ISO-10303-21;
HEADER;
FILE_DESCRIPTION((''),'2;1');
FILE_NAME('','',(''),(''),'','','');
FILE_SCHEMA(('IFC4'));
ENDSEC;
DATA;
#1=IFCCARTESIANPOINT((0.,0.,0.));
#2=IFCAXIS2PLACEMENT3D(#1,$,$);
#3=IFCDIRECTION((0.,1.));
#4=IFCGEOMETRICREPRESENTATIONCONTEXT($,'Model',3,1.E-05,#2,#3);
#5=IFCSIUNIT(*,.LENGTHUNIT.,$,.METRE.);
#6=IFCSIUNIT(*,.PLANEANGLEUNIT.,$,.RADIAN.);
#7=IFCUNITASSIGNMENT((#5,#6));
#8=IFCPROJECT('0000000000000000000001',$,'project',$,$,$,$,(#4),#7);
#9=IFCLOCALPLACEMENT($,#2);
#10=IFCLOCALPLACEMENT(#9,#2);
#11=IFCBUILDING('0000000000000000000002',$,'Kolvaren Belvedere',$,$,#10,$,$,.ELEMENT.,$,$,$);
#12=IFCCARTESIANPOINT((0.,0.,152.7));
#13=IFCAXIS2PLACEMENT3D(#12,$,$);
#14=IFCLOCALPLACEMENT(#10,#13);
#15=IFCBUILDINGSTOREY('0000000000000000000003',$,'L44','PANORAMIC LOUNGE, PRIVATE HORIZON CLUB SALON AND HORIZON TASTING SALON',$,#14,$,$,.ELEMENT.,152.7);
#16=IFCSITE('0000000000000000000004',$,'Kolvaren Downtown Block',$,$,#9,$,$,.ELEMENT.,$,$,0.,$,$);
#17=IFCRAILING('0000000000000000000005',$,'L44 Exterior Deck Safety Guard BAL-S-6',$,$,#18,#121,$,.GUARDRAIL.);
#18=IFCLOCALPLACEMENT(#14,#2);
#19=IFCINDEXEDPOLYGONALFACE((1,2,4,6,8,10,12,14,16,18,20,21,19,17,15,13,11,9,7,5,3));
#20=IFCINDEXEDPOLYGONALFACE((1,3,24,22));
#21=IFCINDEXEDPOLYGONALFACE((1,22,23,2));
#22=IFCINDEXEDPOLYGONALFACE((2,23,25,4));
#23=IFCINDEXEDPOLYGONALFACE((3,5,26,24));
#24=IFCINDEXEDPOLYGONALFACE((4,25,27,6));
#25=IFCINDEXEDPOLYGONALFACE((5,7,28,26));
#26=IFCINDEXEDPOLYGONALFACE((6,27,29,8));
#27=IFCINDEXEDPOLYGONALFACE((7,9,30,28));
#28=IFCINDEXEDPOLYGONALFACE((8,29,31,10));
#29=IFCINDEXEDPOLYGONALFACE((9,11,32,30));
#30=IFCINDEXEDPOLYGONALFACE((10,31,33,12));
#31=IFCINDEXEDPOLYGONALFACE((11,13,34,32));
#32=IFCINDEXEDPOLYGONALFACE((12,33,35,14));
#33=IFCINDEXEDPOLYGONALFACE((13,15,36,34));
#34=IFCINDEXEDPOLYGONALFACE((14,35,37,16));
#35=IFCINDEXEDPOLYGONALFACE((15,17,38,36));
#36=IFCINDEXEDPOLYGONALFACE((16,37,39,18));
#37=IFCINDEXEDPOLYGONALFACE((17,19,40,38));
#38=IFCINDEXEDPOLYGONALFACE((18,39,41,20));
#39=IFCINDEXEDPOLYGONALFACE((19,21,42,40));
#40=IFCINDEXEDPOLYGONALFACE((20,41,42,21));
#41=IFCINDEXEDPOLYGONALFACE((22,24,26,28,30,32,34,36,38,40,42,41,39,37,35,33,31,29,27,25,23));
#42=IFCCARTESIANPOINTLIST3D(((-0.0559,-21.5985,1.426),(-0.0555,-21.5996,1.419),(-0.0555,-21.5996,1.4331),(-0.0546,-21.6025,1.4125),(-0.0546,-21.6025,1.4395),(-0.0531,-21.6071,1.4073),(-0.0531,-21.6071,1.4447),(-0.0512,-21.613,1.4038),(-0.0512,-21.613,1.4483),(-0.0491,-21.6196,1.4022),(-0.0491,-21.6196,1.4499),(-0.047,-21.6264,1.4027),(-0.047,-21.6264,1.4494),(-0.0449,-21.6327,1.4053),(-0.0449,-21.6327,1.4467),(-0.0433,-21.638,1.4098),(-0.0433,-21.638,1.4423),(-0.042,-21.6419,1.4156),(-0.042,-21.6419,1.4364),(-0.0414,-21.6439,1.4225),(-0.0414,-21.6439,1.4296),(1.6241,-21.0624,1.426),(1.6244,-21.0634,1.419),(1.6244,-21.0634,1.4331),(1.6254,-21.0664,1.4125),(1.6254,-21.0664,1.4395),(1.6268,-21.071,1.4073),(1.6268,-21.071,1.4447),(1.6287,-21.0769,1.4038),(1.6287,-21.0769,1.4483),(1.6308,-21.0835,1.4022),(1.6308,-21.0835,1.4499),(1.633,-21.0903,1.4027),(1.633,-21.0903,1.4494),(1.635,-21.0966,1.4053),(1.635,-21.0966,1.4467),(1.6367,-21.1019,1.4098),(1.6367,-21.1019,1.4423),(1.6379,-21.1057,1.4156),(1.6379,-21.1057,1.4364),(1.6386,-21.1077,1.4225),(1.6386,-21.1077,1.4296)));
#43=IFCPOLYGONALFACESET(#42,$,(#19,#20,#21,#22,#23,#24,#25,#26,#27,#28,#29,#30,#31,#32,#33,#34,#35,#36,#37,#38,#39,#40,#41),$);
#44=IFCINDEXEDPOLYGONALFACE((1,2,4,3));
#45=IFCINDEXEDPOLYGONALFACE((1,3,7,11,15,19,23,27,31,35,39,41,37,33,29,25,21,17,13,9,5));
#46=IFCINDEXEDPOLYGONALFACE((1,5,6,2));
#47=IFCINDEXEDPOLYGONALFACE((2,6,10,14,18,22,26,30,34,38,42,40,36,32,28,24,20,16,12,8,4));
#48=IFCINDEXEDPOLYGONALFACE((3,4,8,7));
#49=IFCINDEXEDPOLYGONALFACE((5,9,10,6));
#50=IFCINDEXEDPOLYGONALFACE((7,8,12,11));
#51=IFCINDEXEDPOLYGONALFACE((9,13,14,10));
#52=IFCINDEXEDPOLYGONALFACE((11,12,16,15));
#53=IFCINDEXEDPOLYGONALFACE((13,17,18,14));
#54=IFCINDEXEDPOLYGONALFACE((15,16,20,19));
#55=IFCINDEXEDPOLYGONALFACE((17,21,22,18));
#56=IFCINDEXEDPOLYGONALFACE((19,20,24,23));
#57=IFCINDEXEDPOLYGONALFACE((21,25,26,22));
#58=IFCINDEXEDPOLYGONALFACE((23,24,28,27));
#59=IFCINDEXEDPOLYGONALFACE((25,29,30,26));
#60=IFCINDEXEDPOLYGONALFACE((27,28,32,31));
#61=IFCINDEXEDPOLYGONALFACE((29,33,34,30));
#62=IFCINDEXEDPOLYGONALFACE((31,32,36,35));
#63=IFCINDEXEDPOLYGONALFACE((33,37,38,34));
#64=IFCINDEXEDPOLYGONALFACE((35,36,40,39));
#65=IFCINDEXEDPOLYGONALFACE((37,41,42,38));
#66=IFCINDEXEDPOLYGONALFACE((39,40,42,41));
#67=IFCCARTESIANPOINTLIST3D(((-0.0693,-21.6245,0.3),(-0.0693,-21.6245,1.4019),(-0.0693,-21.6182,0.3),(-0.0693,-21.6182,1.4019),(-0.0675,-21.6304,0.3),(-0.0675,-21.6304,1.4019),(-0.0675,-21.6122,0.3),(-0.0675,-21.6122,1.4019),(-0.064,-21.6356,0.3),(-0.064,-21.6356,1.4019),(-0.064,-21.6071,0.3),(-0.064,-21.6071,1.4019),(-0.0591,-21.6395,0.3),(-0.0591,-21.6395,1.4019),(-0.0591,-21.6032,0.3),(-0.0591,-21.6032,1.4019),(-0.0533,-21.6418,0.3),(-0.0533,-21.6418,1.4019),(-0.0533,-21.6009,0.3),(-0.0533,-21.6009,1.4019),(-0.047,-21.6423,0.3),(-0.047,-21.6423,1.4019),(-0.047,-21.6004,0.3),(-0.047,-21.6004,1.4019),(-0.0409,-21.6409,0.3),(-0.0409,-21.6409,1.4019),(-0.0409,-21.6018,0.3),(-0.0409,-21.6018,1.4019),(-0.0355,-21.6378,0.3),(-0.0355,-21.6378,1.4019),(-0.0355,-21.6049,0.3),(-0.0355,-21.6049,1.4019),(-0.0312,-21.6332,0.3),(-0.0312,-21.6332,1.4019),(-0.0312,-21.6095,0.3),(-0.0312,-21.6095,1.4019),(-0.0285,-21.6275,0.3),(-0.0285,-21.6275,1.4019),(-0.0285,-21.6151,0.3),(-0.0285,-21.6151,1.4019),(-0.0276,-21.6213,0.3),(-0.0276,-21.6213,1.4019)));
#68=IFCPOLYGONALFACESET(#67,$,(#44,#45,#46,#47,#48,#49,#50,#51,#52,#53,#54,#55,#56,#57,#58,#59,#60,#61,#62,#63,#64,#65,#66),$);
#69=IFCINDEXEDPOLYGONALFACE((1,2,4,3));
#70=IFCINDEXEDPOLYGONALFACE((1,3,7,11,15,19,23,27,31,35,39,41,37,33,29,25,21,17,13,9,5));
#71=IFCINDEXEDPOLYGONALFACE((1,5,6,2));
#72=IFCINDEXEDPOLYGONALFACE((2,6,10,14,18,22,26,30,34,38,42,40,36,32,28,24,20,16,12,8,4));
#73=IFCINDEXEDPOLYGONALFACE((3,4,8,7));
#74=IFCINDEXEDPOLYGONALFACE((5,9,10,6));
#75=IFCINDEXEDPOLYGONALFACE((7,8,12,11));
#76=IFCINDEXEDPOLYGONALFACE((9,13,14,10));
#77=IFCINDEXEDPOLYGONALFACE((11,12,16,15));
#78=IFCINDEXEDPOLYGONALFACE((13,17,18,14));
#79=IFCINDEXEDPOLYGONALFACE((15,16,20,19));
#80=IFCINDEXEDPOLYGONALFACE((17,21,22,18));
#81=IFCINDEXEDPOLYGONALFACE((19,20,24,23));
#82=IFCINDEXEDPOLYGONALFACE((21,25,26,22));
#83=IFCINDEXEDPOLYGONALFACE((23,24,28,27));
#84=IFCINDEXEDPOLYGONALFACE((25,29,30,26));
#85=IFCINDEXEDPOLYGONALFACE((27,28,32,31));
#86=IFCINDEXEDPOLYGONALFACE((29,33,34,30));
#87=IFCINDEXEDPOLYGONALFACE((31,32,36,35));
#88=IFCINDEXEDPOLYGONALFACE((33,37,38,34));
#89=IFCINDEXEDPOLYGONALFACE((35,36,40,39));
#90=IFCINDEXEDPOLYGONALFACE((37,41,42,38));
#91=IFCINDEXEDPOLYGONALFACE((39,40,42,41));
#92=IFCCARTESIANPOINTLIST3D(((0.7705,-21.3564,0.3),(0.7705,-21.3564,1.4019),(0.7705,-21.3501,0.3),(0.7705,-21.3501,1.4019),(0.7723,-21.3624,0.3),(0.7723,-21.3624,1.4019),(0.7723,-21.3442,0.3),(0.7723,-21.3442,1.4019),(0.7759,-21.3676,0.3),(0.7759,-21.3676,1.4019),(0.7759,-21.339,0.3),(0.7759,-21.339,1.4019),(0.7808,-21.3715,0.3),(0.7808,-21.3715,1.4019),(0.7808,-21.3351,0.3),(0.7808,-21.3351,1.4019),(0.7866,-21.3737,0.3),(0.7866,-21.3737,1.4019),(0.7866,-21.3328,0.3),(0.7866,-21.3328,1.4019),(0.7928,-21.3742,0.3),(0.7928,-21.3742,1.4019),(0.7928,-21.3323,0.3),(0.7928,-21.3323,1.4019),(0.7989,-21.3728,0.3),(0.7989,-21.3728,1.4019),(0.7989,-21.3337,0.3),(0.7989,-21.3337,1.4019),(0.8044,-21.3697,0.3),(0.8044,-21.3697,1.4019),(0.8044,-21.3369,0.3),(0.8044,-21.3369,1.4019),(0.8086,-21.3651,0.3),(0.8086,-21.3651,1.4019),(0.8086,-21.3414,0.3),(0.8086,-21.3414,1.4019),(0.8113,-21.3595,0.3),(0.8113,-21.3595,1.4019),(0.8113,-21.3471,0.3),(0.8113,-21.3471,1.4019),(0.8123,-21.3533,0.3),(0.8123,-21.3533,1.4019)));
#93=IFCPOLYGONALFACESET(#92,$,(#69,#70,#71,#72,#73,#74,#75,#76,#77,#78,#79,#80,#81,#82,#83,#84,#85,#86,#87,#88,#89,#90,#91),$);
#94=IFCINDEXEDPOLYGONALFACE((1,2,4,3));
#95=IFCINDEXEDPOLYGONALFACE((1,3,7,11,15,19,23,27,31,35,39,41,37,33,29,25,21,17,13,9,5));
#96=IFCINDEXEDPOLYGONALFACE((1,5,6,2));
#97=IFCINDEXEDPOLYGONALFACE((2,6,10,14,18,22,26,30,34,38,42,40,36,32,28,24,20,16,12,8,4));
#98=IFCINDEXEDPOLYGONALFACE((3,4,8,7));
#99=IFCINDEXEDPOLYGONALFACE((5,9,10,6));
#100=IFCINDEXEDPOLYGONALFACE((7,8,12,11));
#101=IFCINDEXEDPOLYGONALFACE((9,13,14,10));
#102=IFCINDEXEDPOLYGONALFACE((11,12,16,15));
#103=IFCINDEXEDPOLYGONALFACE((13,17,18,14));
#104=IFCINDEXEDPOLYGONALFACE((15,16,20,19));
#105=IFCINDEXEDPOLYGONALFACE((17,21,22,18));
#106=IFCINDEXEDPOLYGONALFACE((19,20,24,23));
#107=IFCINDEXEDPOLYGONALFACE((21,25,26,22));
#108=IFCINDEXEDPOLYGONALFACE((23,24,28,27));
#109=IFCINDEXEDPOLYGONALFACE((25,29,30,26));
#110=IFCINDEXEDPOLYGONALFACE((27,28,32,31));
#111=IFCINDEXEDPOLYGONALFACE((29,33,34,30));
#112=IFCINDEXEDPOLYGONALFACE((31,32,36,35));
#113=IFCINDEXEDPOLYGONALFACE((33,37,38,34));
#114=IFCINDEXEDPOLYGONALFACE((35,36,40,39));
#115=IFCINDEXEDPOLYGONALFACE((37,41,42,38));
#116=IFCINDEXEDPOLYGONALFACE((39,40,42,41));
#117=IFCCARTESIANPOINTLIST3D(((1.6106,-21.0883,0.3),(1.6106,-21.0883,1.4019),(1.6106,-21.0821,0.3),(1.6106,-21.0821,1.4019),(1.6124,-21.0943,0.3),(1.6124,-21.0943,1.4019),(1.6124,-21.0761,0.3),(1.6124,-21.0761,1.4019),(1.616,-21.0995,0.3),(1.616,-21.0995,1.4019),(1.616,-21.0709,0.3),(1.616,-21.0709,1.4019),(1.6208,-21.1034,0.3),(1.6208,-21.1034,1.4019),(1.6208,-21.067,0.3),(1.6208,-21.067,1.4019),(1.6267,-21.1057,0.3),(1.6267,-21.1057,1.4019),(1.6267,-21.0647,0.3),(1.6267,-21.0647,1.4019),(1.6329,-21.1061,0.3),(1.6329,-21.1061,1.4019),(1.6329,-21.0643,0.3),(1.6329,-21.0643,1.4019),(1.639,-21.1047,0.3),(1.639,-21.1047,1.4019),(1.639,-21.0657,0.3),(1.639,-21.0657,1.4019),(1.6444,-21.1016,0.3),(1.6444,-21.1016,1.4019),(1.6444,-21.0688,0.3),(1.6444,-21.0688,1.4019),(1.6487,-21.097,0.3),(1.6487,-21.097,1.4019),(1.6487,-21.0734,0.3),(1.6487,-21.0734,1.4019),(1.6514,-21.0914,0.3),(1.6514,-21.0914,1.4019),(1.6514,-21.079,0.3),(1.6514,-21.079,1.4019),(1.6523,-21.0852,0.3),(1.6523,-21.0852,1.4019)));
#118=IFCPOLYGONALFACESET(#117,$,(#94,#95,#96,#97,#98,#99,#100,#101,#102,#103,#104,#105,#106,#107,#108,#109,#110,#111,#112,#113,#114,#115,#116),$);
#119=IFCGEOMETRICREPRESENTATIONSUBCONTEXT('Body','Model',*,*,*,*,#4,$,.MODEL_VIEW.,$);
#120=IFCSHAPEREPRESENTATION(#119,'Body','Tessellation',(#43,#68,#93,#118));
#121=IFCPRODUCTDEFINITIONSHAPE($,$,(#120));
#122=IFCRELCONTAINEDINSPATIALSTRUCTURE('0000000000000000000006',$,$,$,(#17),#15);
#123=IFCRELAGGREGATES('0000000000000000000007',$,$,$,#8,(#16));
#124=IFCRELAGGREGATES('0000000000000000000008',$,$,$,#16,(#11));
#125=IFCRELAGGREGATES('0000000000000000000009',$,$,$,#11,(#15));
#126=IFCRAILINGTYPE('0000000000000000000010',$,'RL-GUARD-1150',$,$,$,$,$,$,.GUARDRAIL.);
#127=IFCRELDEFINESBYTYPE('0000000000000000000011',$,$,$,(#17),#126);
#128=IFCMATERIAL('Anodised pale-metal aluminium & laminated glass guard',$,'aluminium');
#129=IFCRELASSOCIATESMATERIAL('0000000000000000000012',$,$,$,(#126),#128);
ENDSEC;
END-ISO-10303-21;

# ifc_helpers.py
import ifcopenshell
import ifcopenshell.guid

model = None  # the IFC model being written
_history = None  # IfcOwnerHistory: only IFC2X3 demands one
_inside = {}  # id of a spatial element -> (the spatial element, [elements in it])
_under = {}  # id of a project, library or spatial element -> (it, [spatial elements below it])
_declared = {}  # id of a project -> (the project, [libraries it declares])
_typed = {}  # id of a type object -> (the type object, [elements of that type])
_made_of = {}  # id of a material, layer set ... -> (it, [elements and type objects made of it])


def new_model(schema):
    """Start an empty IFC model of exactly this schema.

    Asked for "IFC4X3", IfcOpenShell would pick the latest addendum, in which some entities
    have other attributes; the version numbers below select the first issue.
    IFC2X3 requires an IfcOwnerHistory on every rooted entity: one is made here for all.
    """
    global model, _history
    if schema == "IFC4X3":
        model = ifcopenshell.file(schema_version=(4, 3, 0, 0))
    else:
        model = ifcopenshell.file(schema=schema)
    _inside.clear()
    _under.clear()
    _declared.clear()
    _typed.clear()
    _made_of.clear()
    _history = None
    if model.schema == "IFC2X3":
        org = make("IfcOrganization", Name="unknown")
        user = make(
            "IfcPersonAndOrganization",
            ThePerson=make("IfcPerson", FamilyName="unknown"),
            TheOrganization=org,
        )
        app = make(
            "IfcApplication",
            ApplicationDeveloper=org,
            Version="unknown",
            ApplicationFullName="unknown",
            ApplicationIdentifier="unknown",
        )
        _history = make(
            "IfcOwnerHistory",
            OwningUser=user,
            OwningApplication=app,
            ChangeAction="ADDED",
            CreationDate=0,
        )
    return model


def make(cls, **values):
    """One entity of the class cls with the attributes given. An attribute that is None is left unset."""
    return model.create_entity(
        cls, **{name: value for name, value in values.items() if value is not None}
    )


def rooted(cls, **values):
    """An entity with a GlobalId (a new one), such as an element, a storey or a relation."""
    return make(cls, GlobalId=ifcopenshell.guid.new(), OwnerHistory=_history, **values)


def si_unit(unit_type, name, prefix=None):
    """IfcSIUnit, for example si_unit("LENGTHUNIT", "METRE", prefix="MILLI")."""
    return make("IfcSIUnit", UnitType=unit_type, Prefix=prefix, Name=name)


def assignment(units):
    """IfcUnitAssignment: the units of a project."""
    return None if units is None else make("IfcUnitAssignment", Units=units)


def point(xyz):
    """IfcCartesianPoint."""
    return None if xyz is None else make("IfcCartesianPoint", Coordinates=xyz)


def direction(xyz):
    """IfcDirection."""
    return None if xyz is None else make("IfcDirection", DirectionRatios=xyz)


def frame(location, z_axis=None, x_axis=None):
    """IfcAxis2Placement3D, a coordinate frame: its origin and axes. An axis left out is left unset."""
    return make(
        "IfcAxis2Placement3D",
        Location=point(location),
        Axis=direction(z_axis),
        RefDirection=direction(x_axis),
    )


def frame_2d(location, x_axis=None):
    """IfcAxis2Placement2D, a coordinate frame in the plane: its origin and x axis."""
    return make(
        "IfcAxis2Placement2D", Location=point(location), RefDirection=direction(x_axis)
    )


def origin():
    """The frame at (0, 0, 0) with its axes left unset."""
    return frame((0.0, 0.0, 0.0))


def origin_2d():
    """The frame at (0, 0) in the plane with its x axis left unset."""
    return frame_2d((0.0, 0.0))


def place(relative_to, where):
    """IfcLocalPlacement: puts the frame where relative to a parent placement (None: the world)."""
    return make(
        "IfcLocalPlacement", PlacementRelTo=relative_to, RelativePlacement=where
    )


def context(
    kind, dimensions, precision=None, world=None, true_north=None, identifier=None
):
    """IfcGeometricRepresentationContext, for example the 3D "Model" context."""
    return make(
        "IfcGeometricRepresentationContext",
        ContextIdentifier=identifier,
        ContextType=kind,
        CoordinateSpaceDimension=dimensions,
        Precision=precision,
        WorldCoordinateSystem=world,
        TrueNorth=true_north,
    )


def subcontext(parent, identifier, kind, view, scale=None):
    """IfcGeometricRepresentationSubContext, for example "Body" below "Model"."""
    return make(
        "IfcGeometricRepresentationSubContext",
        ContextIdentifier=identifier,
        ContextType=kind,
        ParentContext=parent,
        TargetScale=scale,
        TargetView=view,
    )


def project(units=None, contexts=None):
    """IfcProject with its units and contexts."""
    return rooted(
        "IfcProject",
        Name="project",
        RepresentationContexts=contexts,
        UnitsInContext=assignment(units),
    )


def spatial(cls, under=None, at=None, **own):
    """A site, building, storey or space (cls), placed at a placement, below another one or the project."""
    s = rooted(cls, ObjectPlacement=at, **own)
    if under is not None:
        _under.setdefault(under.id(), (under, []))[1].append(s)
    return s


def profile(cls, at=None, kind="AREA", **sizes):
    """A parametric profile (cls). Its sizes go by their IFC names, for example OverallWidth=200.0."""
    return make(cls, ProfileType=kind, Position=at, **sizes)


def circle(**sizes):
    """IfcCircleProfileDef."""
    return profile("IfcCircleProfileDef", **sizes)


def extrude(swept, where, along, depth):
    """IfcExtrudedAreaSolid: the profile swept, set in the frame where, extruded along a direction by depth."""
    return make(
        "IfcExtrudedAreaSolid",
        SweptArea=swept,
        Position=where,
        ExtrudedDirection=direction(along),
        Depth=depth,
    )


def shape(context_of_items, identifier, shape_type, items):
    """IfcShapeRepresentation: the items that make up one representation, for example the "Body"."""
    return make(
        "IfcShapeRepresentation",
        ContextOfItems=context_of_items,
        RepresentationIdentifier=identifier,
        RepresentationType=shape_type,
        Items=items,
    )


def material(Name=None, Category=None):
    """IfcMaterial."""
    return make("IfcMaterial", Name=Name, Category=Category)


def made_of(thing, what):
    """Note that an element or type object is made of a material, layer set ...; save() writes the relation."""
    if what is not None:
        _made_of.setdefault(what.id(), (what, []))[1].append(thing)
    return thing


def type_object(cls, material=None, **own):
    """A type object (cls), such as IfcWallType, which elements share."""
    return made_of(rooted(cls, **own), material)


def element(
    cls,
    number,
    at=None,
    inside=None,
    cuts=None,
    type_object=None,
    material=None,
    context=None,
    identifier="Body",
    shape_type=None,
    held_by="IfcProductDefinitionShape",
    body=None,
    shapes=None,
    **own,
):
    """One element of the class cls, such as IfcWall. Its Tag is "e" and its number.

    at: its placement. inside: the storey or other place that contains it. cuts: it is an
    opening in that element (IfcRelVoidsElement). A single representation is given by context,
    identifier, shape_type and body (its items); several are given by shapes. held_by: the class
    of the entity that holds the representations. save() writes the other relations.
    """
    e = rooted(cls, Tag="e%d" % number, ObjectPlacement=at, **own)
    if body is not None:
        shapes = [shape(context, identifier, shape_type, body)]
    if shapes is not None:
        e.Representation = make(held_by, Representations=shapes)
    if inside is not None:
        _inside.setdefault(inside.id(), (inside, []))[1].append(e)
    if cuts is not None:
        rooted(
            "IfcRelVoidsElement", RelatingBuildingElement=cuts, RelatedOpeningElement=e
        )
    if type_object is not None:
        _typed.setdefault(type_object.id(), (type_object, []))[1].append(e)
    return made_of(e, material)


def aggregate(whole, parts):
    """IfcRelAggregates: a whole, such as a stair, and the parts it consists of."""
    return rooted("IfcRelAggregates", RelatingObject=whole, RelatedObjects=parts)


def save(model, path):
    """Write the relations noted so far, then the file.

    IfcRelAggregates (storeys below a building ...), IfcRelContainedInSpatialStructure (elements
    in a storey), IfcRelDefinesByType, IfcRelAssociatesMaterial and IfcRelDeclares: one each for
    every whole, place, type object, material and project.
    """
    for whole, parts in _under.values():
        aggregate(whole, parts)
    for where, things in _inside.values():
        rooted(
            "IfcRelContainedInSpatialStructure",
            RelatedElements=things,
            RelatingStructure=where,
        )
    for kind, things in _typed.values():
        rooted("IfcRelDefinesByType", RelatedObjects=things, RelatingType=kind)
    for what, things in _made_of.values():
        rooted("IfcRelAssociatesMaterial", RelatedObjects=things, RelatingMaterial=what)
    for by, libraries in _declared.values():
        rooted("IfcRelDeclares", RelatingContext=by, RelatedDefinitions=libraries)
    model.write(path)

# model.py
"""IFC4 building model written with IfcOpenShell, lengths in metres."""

from ifc_helpers import new_model, si_unit, direction, frame, origin, origin_2d, place, context, subcontext, project, spatial, circle, extrude, material, type_object, element, save


model = new_model("IFC4")

# Units and contexts
model_context = context("Model", 3, precision=1e-05, world=origin(), true_north=direction((0.0, 1.0)))
body_context = subcontext(model_context, "Body", "Model", "MODEL_VIEW")
ifc_project = project(units=[si_unit("LENGTHUNIT", "METRE"), si_unit("PLANEANGLEUNIT", "RADIAN")], contexts=[model_context])

# Site, building, storey
site_placement = place(None, origin())
site = spatial("IfcSite", under=ifc_project, at=site_placement, Name="Kolvaren Downtown Block", CompositionType="ELEMENT", RefElevation=0.0)
building_placement = place(site_placement, origin())
building = spatial("IfcBuilding", under=site, at=building_placement, Name="Kolvaren Belvedere", CompositionType="ELEMENT")
storey_placement = place(building_placement, frame((0.0, 0.0, 152.7)))
storey = spatial("IfcBuildingStorey", under=building, at=storey_placement, Name="L44", Description="PANORAMIC LOUNGE, PRIVATE HORIZON CLUB SALON AND HORIZON TASTING SALON", CompositionType="ELEMENT", Elevation=152.7)

# Railing
ifc_material_1 = material(Name="Anodised pale-metal aluminium & laminated glass guard", Category="aluminium")
railing_type = type_object("IfcRailingType", Name="RL-GUARD-1150", PredefinedType="GUARDRAIL", material=ifc_material_1)
railing_1_placement = place(storey_placement, frame((-0.0486, -21.6213, 0.3)))
element("IfcRailing", 1, at=railing_1_placement, inside=storey, type_object=railing_type, Name="L44 Exterior Deck Safety Guard BAL-S-6", PredefinedType="GUARDRAIL", context=body_context, shape_type="SweptSolid", body=[
    extrude(circle(Radius=0.0239, at=origin_2d()), frame((0.0, 0.0, 1.126), z_axis=(0.952662, 0.304032, 0.0), x_axis=(-0.304032, 0.952662, 0.0)), (0.0, 0.0, 1.0), 1.7634),
    extrude(circle(Radius=0.021, at=origin_2d()), origin(), (0.0, 0.0, 1.0), 1.1018),
    extrude(circle(Radius=0.021, at=origin_2d()), frame((0.8398, 0.2681, 0.0)), (0.0, 0.0, 1.0), 1.1018),
    extrude(circle(Radius=0.021, at=origin_2d()), frame((1.6799, 0.5361, 0.0)), (0.0, 0.0, 1.0), 1.1018),
])

save(model, "model.ifc")
